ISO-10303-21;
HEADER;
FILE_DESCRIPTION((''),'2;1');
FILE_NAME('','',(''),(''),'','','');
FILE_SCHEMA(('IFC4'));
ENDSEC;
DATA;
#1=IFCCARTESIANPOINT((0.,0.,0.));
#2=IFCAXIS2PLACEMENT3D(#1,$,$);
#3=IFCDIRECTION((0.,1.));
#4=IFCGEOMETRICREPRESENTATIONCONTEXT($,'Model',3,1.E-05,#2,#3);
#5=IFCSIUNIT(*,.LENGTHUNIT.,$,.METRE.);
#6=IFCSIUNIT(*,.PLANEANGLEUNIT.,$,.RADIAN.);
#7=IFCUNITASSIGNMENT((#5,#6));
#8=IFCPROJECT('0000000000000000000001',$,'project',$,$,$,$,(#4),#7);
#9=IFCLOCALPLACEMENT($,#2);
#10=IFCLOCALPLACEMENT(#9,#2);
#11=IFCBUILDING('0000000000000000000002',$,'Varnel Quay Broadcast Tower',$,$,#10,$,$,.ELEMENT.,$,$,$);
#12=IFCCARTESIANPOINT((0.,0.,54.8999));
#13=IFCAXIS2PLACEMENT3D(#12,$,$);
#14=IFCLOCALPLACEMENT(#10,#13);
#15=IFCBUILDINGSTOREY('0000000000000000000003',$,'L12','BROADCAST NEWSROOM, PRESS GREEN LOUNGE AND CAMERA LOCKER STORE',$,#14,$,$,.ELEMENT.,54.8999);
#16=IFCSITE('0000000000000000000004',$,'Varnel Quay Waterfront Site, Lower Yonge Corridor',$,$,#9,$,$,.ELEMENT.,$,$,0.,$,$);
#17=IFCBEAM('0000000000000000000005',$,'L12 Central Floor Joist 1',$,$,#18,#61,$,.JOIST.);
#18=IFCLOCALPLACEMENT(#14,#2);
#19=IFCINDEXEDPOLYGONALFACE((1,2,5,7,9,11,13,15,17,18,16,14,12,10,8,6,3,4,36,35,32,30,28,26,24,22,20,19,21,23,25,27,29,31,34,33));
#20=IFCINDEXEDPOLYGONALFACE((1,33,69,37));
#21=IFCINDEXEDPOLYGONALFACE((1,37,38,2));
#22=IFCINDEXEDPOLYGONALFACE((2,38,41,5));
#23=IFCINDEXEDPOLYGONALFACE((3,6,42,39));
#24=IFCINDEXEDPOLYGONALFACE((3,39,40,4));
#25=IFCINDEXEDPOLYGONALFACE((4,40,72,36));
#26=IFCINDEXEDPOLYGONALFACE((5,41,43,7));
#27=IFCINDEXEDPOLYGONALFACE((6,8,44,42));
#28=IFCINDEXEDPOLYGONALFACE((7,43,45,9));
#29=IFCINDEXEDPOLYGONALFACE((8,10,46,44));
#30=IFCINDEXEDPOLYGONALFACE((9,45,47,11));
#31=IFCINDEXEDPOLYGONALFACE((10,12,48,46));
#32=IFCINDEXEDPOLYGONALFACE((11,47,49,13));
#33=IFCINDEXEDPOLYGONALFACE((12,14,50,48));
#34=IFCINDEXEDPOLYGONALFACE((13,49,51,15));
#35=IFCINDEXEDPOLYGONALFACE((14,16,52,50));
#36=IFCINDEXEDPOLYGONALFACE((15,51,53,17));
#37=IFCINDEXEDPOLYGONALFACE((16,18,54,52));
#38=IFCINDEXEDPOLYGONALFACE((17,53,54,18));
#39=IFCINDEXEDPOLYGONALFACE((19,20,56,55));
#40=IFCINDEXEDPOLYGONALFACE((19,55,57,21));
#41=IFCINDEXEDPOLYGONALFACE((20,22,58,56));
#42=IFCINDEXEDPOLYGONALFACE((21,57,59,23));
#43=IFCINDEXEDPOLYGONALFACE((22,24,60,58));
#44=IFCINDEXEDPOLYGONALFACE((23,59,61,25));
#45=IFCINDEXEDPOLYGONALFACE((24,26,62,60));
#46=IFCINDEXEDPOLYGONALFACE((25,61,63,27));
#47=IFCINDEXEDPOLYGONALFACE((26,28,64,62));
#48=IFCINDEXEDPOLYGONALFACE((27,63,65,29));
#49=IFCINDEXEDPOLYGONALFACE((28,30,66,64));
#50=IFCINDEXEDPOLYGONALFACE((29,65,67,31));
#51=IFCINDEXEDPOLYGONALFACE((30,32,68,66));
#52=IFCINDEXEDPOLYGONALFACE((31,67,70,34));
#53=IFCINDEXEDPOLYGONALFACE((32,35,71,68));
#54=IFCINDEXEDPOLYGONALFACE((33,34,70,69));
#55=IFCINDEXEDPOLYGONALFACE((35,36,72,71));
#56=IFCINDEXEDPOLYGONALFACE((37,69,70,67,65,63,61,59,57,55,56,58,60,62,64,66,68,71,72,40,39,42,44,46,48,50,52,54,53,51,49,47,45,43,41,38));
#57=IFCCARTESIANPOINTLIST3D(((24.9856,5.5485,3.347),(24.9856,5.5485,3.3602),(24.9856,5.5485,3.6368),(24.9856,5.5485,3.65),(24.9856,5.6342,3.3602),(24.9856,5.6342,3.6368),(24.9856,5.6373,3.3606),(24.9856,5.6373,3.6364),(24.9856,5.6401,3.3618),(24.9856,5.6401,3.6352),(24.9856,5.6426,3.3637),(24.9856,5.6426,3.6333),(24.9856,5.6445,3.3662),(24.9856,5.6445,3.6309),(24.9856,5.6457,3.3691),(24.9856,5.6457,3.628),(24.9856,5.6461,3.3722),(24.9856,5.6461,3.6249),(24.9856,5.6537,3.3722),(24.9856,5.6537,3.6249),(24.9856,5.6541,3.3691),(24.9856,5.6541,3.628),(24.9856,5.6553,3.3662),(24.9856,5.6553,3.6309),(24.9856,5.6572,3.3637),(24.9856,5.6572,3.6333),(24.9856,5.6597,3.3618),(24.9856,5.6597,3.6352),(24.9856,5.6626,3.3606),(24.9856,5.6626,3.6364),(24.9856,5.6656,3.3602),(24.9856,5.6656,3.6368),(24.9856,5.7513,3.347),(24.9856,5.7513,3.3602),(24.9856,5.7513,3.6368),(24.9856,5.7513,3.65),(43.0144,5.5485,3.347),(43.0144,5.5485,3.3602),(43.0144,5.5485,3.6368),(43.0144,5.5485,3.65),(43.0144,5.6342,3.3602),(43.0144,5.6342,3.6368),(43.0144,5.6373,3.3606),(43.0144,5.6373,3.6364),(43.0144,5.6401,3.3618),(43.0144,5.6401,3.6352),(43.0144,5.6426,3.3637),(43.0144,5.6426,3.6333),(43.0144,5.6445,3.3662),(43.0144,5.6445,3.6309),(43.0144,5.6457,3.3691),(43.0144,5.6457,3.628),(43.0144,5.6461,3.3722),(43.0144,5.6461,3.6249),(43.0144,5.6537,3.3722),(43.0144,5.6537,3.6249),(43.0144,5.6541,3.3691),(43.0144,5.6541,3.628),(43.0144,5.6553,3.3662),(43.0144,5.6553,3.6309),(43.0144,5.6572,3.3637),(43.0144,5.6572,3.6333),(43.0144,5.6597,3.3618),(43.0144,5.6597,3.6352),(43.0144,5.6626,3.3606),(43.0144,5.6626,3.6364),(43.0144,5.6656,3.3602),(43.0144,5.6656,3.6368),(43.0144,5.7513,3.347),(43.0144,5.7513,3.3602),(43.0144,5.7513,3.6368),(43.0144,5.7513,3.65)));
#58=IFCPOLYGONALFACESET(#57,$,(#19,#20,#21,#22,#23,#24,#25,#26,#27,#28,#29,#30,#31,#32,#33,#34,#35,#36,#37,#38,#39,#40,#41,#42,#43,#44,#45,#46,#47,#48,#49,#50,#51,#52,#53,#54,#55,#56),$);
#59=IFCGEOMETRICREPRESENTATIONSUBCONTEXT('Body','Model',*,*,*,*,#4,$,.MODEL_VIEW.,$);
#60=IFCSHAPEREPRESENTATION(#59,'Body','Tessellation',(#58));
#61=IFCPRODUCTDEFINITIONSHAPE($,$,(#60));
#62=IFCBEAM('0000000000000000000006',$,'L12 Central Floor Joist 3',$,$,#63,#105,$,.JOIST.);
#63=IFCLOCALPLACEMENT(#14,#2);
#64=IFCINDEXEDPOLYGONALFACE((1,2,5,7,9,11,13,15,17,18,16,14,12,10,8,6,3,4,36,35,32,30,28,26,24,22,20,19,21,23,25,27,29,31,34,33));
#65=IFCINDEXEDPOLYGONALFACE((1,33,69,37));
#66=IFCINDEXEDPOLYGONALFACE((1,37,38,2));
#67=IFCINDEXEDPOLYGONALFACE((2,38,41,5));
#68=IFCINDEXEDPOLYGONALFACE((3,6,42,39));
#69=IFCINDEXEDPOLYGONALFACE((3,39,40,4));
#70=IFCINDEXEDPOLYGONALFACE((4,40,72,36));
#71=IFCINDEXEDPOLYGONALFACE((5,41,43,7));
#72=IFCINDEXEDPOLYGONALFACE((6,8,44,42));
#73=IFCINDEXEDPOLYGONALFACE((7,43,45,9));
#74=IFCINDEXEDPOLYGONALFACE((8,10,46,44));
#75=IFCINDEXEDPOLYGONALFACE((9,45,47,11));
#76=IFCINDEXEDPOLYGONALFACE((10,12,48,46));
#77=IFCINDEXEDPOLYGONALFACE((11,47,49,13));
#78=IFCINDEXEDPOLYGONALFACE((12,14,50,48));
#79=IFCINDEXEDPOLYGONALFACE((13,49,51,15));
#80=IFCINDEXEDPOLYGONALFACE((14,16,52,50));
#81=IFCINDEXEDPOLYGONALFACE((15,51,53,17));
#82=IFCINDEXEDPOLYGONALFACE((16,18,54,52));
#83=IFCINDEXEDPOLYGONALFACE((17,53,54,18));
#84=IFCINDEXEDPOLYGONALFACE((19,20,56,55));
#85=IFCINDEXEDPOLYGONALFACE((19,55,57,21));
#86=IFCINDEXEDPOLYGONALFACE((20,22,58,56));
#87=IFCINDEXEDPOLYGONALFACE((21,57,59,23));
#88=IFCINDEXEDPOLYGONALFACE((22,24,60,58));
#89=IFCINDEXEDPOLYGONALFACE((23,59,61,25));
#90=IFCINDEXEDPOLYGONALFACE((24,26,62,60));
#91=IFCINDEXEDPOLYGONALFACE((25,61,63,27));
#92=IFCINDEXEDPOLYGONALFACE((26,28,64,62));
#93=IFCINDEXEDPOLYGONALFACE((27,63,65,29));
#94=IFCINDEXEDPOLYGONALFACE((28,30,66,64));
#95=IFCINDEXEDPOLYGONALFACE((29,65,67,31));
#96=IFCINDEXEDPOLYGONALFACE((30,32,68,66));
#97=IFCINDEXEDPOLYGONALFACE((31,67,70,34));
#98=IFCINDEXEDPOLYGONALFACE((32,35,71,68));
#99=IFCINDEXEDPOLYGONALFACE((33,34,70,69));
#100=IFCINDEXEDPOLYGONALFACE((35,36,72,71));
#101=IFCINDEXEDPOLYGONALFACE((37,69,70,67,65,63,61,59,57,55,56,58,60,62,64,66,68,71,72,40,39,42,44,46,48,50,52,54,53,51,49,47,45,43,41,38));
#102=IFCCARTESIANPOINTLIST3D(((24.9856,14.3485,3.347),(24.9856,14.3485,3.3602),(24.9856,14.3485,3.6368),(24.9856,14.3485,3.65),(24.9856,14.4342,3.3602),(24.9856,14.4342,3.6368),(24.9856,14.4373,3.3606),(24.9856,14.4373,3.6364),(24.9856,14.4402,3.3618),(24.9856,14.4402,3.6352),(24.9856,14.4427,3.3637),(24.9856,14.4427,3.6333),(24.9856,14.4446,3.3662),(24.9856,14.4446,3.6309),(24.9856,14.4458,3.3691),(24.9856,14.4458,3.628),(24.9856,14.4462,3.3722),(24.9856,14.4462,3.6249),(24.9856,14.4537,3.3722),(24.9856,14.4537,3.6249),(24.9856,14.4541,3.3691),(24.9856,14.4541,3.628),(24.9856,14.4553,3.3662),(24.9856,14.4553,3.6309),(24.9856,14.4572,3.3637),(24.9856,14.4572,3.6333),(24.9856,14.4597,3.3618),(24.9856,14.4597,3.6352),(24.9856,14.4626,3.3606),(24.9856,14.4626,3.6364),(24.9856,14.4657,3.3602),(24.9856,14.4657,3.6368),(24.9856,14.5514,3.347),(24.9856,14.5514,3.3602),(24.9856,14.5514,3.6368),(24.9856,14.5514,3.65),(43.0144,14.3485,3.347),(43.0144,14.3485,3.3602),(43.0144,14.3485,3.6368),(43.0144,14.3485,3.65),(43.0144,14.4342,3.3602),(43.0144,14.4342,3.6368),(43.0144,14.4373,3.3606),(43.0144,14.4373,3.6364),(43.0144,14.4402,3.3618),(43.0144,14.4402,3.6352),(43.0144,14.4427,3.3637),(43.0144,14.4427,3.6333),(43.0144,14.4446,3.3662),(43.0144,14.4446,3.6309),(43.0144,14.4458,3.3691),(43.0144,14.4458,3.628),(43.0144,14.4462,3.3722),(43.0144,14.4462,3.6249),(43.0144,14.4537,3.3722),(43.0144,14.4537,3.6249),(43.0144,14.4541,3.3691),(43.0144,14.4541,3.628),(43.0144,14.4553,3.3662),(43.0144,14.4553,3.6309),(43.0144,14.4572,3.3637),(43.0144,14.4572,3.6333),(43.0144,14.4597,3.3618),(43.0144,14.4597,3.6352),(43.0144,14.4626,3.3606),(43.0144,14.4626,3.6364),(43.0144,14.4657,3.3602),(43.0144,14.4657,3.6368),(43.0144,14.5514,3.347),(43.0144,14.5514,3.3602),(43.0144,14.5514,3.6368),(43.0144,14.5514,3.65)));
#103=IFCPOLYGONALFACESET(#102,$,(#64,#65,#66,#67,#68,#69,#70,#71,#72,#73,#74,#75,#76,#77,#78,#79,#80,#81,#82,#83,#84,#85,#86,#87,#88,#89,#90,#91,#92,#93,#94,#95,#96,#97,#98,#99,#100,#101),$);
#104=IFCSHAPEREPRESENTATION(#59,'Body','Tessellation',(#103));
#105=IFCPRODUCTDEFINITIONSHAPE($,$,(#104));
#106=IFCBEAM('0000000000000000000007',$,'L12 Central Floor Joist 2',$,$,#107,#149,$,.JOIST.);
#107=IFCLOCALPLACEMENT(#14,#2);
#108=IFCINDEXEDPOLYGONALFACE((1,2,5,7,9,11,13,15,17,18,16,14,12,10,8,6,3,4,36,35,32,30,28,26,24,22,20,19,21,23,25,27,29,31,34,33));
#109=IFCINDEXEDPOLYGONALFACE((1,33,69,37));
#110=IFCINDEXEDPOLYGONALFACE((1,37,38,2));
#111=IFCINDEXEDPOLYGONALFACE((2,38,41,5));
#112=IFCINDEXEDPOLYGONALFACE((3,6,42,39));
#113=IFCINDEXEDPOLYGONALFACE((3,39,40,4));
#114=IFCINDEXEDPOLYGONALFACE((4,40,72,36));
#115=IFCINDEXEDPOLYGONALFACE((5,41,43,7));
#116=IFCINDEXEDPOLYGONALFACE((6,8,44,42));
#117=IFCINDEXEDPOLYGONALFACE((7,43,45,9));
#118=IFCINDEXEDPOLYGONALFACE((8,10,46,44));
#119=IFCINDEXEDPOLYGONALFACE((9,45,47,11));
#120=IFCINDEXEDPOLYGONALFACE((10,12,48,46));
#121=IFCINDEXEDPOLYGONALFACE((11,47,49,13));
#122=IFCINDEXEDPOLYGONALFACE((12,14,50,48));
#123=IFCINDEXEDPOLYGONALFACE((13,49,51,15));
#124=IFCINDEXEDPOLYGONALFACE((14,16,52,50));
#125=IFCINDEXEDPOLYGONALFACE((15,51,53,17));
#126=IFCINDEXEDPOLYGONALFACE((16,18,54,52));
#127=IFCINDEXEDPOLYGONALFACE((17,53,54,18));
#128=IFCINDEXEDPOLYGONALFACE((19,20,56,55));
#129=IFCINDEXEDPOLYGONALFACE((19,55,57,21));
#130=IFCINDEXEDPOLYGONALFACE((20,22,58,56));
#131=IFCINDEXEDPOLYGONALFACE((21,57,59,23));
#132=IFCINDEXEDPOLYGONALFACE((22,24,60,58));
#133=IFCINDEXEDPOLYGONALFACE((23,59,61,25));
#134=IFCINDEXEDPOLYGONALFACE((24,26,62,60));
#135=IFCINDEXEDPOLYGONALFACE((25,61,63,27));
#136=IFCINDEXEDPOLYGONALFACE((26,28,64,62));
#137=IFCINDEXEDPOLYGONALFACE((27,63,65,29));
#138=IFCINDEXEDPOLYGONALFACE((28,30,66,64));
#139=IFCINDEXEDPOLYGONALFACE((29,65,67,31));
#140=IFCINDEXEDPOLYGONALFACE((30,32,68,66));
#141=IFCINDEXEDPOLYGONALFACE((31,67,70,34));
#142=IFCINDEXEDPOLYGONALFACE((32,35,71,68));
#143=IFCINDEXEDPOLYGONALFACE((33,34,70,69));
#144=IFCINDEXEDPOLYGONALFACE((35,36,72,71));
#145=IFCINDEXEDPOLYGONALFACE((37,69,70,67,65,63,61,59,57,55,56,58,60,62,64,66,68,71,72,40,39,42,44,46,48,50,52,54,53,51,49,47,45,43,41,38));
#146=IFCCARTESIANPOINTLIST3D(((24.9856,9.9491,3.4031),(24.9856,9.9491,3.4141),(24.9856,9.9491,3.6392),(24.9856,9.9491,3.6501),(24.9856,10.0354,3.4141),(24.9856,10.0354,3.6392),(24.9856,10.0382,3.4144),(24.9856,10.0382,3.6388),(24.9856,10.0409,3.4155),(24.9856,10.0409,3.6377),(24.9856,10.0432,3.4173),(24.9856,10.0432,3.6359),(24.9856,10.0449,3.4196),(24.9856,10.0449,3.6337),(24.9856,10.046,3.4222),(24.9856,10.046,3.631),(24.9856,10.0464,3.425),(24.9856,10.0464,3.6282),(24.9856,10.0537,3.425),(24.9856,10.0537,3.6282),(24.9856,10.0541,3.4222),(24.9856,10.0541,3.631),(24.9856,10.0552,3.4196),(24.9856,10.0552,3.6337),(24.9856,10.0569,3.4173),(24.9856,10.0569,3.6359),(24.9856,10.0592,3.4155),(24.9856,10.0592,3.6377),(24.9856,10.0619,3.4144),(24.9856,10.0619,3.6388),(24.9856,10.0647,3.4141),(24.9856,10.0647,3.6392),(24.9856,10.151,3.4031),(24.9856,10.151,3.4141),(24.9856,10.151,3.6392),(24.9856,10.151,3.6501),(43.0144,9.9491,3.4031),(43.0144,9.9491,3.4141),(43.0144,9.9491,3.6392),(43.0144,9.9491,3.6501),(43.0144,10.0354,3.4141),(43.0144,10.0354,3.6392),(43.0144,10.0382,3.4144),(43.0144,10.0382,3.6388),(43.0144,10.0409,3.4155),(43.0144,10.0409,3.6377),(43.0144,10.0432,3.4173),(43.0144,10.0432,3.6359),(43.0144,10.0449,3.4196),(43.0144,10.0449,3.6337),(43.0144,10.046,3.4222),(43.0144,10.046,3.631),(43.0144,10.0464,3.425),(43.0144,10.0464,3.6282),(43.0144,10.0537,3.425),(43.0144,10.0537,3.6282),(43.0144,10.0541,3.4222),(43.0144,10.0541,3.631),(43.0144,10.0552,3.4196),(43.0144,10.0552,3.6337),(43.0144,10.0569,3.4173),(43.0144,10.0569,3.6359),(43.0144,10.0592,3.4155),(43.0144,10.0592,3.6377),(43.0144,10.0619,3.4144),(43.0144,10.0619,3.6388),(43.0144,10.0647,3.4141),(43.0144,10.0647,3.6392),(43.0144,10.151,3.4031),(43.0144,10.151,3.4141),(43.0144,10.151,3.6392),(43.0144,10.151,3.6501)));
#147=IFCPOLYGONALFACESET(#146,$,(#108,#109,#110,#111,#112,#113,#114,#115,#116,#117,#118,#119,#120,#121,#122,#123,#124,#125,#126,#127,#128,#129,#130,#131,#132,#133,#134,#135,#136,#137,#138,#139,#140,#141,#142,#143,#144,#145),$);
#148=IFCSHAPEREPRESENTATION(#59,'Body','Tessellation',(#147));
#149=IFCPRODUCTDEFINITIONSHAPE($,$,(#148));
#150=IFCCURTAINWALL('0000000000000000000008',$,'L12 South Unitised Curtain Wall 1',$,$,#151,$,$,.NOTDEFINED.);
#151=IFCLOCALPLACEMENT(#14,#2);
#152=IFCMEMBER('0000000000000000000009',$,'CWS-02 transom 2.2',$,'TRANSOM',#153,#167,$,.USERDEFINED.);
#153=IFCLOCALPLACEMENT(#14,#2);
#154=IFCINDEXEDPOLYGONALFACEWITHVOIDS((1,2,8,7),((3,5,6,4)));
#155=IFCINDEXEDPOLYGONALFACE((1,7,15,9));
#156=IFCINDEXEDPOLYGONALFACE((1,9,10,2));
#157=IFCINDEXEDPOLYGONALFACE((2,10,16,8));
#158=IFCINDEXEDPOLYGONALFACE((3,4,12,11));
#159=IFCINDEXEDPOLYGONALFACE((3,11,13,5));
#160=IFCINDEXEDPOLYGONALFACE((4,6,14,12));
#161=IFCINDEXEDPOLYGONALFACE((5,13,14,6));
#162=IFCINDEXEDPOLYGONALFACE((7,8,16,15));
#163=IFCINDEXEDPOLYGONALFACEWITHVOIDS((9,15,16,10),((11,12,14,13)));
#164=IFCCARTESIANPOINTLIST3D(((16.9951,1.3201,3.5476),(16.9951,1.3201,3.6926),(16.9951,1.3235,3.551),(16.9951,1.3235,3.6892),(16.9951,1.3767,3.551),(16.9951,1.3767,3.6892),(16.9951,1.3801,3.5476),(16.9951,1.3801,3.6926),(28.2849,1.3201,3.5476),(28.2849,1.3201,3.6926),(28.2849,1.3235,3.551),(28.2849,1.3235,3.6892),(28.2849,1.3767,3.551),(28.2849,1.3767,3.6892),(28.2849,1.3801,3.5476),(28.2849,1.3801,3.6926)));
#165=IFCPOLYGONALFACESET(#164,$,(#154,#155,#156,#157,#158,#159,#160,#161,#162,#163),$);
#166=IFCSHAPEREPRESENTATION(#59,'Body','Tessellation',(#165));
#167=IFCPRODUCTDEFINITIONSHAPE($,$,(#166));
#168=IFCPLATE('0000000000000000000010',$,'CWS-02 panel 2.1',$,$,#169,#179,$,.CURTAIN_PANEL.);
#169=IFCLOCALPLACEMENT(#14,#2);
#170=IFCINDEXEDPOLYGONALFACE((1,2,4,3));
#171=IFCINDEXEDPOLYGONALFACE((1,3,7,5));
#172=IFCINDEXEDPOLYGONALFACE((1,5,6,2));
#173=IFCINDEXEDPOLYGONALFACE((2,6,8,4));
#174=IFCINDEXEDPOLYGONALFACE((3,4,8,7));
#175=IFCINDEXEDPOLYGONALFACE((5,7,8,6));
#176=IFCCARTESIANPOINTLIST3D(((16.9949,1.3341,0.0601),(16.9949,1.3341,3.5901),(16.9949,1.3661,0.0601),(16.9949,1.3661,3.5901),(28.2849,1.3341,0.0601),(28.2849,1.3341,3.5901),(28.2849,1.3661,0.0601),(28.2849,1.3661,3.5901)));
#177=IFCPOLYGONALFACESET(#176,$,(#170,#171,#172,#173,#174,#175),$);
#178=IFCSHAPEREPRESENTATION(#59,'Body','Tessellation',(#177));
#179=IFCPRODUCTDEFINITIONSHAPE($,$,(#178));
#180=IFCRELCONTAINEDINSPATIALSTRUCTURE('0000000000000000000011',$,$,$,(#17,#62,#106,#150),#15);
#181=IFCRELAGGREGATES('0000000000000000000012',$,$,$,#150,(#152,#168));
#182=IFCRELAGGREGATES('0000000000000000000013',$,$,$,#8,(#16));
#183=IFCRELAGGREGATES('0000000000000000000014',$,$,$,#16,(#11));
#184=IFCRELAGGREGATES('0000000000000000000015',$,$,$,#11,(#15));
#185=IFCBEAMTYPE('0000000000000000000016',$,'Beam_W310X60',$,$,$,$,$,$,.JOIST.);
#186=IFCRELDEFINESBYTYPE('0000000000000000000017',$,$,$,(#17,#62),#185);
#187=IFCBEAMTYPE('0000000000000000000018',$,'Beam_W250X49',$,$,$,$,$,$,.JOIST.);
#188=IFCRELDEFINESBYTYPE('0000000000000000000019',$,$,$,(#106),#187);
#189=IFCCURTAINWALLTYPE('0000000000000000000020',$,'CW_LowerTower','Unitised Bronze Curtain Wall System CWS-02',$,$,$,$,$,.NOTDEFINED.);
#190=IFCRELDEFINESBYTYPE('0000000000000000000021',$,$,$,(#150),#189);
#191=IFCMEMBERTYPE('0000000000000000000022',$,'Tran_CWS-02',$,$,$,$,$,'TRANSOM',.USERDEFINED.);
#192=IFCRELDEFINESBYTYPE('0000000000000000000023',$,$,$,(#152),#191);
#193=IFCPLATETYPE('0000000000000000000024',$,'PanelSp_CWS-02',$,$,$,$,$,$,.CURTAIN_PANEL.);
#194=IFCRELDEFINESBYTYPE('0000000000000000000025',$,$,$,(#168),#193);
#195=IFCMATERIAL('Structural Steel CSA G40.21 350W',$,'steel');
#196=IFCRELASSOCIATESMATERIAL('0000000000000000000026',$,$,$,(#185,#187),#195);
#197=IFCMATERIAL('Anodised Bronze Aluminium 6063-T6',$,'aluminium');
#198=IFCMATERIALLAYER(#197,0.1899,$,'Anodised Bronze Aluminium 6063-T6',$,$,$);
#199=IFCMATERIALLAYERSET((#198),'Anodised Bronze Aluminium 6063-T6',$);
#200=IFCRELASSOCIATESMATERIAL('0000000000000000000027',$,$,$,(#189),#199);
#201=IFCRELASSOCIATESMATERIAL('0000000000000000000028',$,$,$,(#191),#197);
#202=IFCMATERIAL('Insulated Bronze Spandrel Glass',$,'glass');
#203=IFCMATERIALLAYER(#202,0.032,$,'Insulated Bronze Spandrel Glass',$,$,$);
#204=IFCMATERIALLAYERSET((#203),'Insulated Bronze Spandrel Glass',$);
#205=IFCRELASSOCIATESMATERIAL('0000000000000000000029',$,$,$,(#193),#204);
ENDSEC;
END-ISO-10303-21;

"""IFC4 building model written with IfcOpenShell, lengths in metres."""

from ifc_helpers import new_model, si_unit, direction, frame, origin, origin_2d, place, context, subcontext, project, spatial, rectangle, hollow_rectangle, i_section, extrude, source, transform, mapped, material, layer, layer_set, material_profile, profile_set, type_object, type_shapes, element, aggregate, save


model = new_model("IFC4")

# Units and contexts
model_context = context("Model", 3, precision=1e-05, world=origin(), true_north=direction((0.0, 1.0)))
body_context = subcontext(model_context, "Body", "Model", "MODEL_VIEW")
ifc_project = project(units=[si_unit("LENGTHUNIT", "METRE"), si_unit("PLANEANGLEUNIT", "RADIAN")], contexts=[model_context])

# Site, building, storey
site_placement = place(None, origin())
site = spatial("IfcSite", under=ifc_project, at=site_placement, Name="Varnel Quay Waterfront Site, Lower Yonge Corridor", CompositionType="ELEMENT", RefElevation=0.0)
building_placement = place(site_placement, origin())
building = spatial("IfcBuilding", under=site, at=building_placement, Name="Varnel Quay Broadcast Tower", CompositionType="ELEMENT")
storey_placement = place(building_placement, frame((0.0, 0.0, 54.8999)))
storey = spatial("IfcBuildingStorey", under=building, at=storey_placement, Name="L12", Description="BROADCAST NEWSROOM, PRESS GREEN LOUNGE AND CAMERA LOCKER STORE", CompositionType="ELEMENT", Elevation=54.8999)

# Shared definitions
ifc_material_1 = material(Name="Structural Steel CSA G40.21 350W", Category="steel")

# Beams
ifc_material_profile_1 = material_profile(ifc_material_1, i_section(OverallWidth=0.2029, OverallDepth=0.303, WebThickness=0.0076, FlangeThickness=0.0132, FilletRadius=0.012, at=origin_2d()), Name="W310X60")
ifc_profile_set_1 = profile_set([ifc_material_profile_1], Name="Structural Steel CSA G40.21 350W")
beam_type_1 = type_object("IfcBeamType", Name="Beam_W310X60", PredefinedType="JOIST", material=ifc_profile_set_1)
shared_shape_1 = source(origin(), body_context, "Body", "SweptSolid", [
    extrude(i_section(OverallWidth=0.2029, OverallDepth=0.303, WebThickness=0.0076, FlangeThickness=0.0132, FilletRadius=0.012, at=origin_2d()), origin(), (0.0, 0.0, 1.0), 18.0288),
])
type_shapes(beam_type_1, [shared_shape_1])
for number, where, z_axis, x_axis, name in (
    (1, (24.9856, 5.6499, 3.4985), (1.0, 0.0, 0.0), (0.0, 1.0, 0.0), "L12 Central Floor Joist 1"),
    (2, (24.9856, 14.45, 3.4985), (1.0, 0.0, 0.0), (0.0, 1.0, 0.0), "L12 Central Floor Joist 3"),
):
    element("IfcBeam", number, at=place(storey_placement, frame(where, z_axis=z_axis, x_axis=x_axis)), inside=storey, type_object=beam_type_1, Name=name, PredefinedType="JOIST", context=body_context, shape_type="MappedRepresentation", body=[
        mapped(shared_shape_1, transform((0.0, 0.0, 0.0), x_axis=(1.0, 0.0, 0.0), y_axis=(0.0, 1.0, 0.0), z_axis=(0.0, 0.0, 1.0), scale=1.0)),
    ])
ifc_material_profile_2 = material_profile(ifc_material_1, i_section(OverallWidth=0.2019, OverallDepth=0.2471, WebThickness=0.0073, FlangeThickness=0.011, FilletRadius=0.011, at=origin_2d()), Name="W250X49")
ifc_profile_set_2 = profile_set([ifc_material_profile_2], Name="Structural Steel CSA G40.21 350W")
beam_type_2 = type_object("IfcBeamType", Name="Beam_W250X49", PredefinedType="JOIST", material=ifc_profile_set_2)
shared_shape_2 = source(origin(), body_context, "Body", "SweptSolid", [
    extrude(i_section(OverallWidth=0.2019, OverallDepth=0.2471, WebThickness=0.0073, FlangeThickness=0.011, FilletRadius=0.011, at=origin_2d()), origin(), (0.0, 0.0, 1.0), 18.0288),
])
type_shapes(beam_type_2, [shared_shape_2])
beam_1_placement = place(storey_placement, frame((24.9856, 10.05, 3.5266), z_axis=(1.0, 0.0, 0.0), x_axis=(0.0, 1.0, 0.0)))
element("IfcBeam", 3, at=beam_1_placement, inside=storey, type_object=beam_type_2, Name="L12 Central Floor Joist 2", PredefinedType="JOIST", context=body_context, shape_type="MappedRepresentation", body=[
    mapped(shared_shape_2, transform((0.0, 0.0, 0.0), x_axis=(1.0, 0.0, 0.0), y_axis=(0.0, 1.0, 0.0), z_axis=(0.0, 0.0, 1.0), scale=1.0)),
])

# Curtain wall, member, plate
ifc_material_2 = material(Name="Anodised Bronze Aluminium 6063-T6", Category="aluminium")
ifc_layer_1 = layer(ifc_material_2, 0.1899, Name="Anodised Bronze Aluminium 6063-T6")
ifc_layer_set_1 = layer_set([ifc_layer_1], Name="Anodised Bronze Aluminium 6063-T6")
curtain_wall_type = type_object("IfcCurtainWallType", Name="CW_LowerTower", Description="Unitised Bronze Curtain Wall System CWS-02", PredefinedType="NOTDEFINED", material=ifc_layer_set_1)
curtain_wall_placement = place(storey_placement, origin())
curtain_wall = element("IfcCurtainWall", 4, at=curtain_wall_placement, inside=storey, type_object=curtain_wall_type, Name="L12 South Unitised Curtain Wall 1", PredefinedType="NOTDEFINED")
ifc_material_profile_3 = material_profile(ifc_material_2, hollow_rectangle(XDim=0.0601, YDim=0.145, WallThickness=0.0034, at=origin_2d()), Name="ALU60X145X3.5")
ifc_profile_set_3 = profile_set([ifc_material_profile_3], Name="Anodised Bronze Aluminium 6063-T6")
member_type = type_object("IfcMemberType", Name="Tran_CWS-02", ElementType="TRANSOM", PredefinedType="USERDEFINED", material=ifc_profile_set_3)
shared_shape_3 = source(origin(), body_context, "Body", "SweptSolid", [
    extrude(hollow_rectangle(XDim=0.0601, YDim=0.145, WallThickness=0.0034, at=origin_2d()), origin(), (0.0, 0.0, 1.0), 11.2898),
])
type_shapes(member_type, [shared_shape_3])
member_placement = place(storey_placement, frame((16.9951, 1.3501, 3.6201), z_axis=(1.0, 0.0, 0.0), x_axis=(0.0, 1.0, 0.0)))
member = element("IfcMember", 5, at=member_placement, type_object=member_type, Name="CWS-02 transom 2.2", ObjectType="TRANSOM", PredefinedType="USERDEFINED", context=body_context, shape_type="MappedRepresentation", body=[
    mapped(shared_shape_3, transform((0.0, 0.0, 0.0), x_axis=(1.0, 0.0, 0.0), y_axis=(0.0, 1.0, 0.0), z_axis=(0.0, 0.0, 1.0), scale=1.0)),
])
ifc_material_3 = material(Name="Insulated Bronze Spandrel Glass", Category="glass")
ifc_layer_2 = layer(ifc_material_3, 0.032, Name="Insulated Bronze Spandrel Glass")
ifc_layer_set_2 = layer_set([ifc_layer_2], Name="Insulated Bronze Spandrel Glass")
plate_type = type_object("IfcPlateType", Name="PanelSp_CWS-02", PredefinedType="CURTAIN_PANEL", material=ifc_layer_set_2)
shared_shape_4 = source(origin(), body_context, "Body", "SweptSolid", [
    extrude(rectangle(XDim=11.29, YDim=0.032, at=origin_2d()), origin(), (0.0, 0.0, 1.0), 3.53),
])
type_shapes(plate_type, [shared_shape_4])
plate_placement = place(storey_placement, frame((22.6399, 1.3501, 0.0601), z_axis=(0.0, 0.0, 1.0), x_axis=(1.0, 0.0, 0.0)))
plate = element("IfcPlate", 6, at=plate_placement, type_object=plate_type, Name="CWS-02 panel 2.1", PredefinedType="CURTAIN_PANEL", context=body_context, shape_type="MappedRepresentation", body=[
    mapped(shared_shape_4, transform((0.0, 0.0, 0.0), x_axis=(1.0, 0.0, 0.0), y_axis=(0.0, 1.0, 0.0), z_axis=(0.0, 0.0, 1.0), scale=1.0)),
])
aggregate(curtain_wall, [member, plate])

save(model, "model.ifc")
